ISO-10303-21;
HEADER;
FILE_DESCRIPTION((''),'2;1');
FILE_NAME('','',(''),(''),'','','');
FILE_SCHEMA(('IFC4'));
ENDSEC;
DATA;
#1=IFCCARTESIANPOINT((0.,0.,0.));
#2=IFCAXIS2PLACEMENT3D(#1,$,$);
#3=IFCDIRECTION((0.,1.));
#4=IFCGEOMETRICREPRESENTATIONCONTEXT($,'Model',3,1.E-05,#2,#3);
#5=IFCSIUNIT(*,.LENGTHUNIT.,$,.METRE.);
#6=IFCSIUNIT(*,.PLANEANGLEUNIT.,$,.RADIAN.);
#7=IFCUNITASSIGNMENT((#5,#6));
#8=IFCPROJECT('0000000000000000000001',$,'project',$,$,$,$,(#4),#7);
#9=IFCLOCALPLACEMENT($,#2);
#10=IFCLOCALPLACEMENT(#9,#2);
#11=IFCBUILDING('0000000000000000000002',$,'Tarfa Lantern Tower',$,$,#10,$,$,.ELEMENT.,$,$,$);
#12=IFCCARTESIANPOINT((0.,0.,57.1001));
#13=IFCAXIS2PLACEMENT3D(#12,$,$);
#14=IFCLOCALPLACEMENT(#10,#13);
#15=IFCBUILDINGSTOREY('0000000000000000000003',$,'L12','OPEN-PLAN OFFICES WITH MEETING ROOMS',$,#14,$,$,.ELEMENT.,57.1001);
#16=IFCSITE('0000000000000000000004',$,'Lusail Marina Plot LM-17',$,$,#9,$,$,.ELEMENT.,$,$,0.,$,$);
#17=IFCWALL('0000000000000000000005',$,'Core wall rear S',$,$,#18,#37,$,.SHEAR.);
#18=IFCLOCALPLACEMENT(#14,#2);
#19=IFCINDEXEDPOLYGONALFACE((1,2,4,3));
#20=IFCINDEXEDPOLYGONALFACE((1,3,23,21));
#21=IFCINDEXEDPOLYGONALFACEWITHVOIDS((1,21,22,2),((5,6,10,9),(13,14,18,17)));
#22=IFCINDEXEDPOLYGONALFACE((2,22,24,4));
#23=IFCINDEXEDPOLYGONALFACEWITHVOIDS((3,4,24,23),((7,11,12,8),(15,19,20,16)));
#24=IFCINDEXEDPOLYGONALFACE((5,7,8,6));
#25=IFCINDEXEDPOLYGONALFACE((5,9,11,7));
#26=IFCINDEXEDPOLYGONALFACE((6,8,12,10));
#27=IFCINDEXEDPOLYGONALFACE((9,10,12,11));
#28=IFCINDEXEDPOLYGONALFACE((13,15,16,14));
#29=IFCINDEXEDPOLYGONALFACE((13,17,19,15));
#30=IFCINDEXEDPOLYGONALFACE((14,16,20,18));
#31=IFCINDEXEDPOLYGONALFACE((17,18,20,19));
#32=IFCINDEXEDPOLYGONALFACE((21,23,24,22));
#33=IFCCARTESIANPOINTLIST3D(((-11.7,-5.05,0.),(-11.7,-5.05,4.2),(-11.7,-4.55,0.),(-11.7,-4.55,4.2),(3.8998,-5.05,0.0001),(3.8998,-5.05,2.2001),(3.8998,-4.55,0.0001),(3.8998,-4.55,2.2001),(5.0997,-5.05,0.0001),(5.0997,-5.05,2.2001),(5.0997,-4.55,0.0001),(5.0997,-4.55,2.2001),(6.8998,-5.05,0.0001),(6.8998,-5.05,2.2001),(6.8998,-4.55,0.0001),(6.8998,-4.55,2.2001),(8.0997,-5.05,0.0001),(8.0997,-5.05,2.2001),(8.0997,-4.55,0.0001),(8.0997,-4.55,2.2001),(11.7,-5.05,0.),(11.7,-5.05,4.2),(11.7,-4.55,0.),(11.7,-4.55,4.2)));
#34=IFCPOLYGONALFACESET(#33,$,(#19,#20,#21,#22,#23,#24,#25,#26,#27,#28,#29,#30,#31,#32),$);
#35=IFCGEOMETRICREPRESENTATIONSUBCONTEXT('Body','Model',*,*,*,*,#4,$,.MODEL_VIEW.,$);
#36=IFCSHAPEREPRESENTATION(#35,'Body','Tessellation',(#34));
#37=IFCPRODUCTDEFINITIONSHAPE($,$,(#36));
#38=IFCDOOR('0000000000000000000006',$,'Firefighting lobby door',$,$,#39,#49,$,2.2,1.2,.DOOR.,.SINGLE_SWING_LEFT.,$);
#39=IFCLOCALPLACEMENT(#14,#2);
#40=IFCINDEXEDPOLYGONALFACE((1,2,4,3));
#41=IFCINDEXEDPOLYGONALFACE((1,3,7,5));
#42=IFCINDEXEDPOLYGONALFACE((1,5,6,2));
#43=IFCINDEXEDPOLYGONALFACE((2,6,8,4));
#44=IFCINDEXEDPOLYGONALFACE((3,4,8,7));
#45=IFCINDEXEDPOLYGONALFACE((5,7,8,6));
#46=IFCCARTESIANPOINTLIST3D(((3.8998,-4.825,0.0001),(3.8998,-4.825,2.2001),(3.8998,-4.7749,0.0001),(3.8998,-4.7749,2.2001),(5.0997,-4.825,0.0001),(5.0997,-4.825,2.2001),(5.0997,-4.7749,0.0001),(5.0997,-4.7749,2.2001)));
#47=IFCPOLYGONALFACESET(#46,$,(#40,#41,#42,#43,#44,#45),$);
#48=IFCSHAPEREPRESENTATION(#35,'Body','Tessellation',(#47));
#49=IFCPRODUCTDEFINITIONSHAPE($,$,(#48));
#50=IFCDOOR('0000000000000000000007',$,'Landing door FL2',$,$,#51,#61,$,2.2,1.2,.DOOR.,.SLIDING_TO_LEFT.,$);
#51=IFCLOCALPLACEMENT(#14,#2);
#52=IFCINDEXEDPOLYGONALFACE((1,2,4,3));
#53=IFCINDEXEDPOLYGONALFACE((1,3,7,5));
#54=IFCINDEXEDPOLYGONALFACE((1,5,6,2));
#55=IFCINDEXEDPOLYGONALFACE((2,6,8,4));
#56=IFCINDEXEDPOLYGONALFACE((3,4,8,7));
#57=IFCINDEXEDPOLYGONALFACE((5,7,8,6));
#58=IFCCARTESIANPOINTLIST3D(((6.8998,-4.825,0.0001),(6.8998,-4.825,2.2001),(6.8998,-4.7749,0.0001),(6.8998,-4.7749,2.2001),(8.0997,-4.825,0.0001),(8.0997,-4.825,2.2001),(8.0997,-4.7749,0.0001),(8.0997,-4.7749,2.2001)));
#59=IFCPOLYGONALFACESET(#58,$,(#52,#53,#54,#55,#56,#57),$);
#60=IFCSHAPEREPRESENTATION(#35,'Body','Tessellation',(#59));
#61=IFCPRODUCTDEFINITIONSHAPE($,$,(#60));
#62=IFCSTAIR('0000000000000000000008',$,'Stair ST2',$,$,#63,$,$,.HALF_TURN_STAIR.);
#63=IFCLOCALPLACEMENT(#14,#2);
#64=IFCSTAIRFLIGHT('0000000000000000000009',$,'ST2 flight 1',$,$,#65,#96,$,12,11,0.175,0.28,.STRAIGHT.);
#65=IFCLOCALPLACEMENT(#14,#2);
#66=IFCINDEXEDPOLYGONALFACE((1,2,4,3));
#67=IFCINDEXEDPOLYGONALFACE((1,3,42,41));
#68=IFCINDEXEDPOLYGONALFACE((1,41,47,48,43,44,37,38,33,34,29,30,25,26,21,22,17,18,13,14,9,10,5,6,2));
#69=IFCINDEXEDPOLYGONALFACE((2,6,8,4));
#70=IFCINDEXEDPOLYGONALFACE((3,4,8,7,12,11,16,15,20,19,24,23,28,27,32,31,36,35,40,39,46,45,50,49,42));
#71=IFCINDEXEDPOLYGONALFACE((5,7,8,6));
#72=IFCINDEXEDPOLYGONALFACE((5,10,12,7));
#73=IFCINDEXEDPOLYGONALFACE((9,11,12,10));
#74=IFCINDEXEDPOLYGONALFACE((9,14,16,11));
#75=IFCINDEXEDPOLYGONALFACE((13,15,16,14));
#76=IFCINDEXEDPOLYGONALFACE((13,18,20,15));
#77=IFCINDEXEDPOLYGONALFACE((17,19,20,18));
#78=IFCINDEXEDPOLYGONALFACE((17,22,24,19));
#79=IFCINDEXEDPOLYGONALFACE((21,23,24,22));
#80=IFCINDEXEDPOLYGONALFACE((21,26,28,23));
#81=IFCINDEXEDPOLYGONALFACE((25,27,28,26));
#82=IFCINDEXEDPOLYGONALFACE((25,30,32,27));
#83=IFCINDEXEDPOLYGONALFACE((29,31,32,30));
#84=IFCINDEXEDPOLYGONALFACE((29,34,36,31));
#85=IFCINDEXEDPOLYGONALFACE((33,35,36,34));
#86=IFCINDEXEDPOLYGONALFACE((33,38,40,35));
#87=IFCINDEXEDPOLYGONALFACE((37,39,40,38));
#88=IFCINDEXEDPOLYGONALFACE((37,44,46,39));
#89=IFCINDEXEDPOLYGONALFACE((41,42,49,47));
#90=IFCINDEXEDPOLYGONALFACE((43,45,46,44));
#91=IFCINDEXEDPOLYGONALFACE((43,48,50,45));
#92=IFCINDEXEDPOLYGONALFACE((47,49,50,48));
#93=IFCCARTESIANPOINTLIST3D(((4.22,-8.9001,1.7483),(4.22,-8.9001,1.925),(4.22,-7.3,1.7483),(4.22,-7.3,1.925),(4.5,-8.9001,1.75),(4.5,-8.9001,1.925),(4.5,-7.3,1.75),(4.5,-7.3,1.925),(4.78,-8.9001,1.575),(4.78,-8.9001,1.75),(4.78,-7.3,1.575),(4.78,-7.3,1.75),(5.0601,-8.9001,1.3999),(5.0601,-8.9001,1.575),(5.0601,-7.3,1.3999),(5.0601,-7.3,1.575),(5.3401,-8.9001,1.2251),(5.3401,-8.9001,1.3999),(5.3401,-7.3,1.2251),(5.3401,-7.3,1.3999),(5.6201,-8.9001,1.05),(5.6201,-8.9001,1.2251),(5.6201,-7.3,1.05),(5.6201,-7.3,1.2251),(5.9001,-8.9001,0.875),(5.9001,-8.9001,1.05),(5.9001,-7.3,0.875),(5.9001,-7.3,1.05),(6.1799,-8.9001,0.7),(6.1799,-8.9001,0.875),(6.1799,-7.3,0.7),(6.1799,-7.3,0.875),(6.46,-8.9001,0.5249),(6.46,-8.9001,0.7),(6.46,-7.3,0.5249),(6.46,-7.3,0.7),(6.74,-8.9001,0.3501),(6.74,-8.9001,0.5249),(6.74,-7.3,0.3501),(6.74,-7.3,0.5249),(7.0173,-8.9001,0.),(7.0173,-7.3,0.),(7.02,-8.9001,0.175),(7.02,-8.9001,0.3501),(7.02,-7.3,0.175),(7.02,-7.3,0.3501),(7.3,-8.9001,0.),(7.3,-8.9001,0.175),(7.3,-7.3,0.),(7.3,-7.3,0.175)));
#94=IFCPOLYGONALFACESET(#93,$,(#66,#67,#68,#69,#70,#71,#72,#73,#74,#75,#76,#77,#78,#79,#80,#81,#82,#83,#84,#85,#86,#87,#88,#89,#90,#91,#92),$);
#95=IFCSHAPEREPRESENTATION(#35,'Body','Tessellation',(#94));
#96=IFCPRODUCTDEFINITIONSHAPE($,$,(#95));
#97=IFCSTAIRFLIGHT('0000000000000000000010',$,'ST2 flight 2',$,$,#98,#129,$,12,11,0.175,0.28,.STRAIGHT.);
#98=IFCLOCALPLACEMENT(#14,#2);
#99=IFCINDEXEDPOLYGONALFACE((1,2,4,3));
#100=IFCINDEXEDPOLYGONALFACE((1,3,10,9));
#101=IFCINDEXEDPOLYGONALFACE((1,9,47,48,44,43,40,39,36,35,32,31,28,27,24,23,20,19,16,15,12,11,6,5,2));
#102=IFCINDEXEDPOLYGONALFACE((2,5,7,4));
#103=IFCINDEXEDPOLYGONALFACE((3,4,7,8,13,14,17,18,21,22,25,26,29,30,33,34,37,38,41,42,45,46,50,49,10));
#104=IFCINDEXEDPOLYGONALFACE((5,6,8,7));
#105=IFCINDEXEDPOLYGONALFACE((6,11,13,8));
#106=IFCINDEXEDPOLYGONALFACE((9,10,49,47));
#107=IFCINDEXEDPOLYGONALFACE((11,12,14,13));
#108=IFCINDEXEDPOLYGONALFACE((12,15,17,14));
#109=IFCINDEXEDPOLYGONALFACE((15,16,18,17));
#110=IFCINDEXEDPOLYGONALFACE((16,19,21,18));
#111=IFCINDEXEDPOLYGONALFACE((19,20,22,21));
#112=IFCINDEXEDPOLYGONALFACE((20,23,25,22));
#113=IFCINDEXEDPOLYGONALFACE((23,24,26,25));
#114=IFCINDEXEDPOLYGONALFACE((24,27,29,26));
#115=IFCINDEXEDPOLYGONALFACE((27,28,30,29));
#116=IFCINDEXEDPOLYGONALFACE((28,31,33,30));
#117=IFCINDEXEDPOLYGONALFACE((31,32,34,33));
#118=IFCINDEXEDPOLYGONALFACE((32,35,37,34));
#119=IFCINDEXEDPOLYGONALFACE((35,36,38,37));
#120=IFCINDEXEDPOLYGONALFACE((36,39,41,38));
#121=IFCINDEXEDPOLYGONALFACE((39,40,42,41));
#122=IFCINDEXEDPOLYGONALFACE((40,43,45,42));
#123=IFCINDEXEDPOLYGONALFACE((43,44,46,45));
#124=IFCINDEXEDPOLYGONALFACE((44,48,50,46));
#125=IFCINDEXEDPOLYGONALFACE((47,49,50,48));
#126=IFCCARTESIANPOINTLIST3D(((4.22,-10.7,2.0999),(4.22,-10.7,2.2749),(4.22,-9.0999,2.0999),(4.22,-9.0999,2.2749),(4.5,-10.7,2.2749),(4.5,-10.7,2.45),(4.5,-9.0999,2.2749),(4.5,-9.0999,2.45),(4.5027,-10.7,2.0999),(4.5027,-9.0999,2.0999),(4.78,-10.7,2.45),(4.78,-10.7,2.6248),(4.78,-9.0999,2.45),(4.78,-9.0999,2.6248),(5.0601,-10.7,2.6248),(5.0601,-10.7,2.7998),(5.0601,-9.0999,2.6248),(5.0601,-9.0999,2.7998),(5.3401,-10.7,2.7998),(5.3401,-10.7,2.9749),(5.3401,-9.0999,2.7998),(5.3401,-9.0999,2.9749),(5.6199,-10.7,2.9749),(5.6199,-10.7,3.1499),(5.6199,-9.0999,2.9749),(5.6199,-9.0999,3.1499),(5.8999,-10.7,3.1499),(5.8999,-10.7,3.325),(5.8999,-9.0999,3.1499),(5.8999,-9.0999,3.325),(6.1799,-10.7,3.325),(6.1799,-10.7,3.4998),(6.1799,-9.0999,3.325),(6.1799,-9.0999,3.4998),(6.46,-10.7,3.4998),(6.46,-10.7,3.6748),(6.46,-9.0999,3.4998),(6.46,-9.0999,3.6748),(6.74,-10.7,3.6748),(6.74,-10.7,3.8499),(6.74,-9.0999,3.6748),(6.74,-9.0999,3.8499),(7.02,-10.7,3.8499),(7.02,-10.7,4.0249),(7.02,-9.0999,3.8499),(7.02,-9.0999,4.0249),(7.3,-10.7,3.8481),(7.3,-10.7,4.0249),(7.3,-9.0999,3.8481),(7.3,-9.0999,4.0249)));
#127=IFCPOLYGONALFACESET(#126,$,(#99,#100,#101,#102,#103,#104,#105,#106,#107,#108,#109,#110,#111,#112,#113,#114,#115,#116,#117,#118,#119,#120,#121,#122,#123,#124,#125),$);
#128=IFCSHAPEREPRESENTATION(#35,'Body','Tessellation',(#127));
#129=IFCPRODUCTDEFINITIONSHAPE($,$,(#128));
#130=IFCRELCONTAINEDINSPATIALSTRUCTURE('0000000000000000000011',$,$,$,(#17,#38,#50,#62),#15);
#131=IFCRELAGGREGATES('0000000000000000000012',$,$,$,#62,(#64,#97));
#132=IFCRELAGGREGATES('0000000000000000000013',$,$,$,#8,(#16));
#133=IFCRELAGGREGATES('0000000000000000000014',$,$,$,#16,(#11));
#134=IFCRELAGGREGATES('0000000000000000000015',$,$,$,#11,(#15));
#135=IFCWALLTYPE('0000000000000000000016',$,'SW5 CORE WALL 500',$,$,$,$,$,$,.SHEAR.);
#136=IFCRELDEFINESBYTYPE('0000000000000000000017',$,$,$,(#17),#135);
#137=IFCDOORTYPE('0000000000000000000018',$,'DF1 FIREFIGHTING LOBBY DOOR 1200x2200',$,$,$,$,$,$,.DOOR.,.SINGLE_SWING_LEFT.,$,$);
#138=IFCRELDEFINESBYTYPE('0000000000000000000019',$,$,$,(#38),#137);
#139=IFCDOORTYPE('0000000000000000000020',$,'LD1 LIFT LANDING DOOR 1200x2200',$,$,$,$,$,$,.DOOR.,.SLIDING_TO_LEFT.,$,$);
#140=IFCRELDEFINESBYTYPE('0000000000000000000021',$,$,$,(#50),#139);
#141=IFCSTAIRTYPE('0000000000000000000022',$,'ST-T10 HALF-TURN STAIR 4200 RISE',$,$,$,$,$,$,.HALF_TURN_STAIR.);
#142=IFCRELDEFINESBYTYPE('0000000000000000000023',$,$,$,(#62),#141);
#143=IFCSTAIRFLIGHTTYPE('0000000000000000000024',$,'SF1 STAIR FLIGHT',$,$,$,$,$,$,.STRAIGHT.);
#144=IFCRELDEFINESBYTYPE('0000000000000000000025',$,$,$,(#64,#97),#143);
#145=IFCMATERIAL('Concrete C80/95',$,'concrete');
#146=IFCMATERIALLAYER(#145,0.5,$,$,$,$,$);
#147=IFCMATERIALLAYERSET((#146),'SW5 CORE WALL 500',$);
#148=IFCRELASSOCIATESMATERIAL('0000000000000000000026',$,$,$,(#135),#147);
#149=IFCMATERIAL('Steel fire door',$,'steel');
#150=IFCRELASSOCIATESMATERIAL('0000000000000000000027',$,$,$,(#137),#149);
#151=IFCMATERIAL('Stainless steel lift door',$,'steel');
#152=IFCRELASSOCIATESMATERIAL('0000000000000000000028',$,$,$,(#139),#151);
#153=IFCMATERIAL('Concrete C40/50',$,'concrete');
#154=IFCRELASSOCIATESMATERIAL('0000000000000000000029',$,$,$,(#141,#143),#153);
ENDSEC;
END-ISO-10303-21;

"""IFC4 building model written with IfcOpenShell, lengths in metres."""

from ifc_helpers import new_model, si_unit, direction, frame, frame_2d, origin, place, context, subcontext, project, spatial, polyline, rectangle, outline, extrude, material, layer, layer_set, type_object, element, fill, aggregate, save


model = new_model("IFC4")

# Units and contexts
model_context = context("Model", 3, precision=1e-05, world=origin(), true_north=direction((0.0, 1.0)))
body_context = subcontext(model_context, "Body", "Model", "MODEL_VIEW")
ifc_project = project(units=[si_unit("LENGTHUNIT", "METRE"), si_unit("PLANEANGLEUNIT", "RADIAN")], contexts=[model_context])

# Site, building, storey
site_placement = place(None, origin())
site = spatial("IfcSite", under=ifc_project, at=site_placement, Name="Lusail Marina Plot LM-17", CompositionType="ELEMENT", RefElevation=0.0)
building_placement = place(site_placement, origin())
building = spatial("IfcBuilding", under=site, at=building_placement, Name="Tarfa Lantern Tower", CompositionType="ELEMENT")
storey_placement = place(building_placement, frame((0.0, 0.0, 57.1001)))
storey = spatial("IfcBuildingStorey", under=building, at=storey_placement, Name="L12", Description="OPEN-PLAN OFFICES WITH MEETING ROOMS", CompositionType="ELEMENT", Elevation=57.1001)

# Shared definitions
ifc_material_1 = material(Name="Concrete C80/95", Category="concrete")

# Shared definitions
ifc_material_2 = material(Name="Steel fire door", Category="steel")

# Wall, openings, doors
ifc_layer_1 = layer(ifc_material_1, 0.5)
ifc_layer_set_1 = layer_set([ifc_layer_1], Name="SW5 CORE WALL 500")
wall_type_1 = type_object("IfcWallType", Name="SW5 CORE WALL 500", PredefinedType="SHEAR", material=ifc_layer_set_1)
wall_1_placement = place(storey_placement, frame((11.7, -4.8, 0.0), z_axis=(0.0, 0.0, 1.0), x_axis=(-1.0, 0.0, 0.0)))
wall_1 = element("IfcWall", 1, at=wall_1_placement, inside=storey, type_object=wall_type_1, Name="Core wall rear S", PredefinedType="SHEAR", context=body_context, shape_type="SweptSolid", body=[
    extrude(rectangle(XDim=23.3999, YDim=0.5, at=frame_2d((11.7, 0.0))), origin(), (0.0, 0.0, 1.0), 4.2),
])
opening_1_placement = place(wall_1_placement, frame((6.6001, 0.0, 0.0)))
opening_1 = element("IfcOpeningElement", 2, at=opening_1_placement, cuts=wall_1, PredefinedType="OPENING", context=body_context, shape_type="SweptSolid", body=[
    extrude(rectangle(XDim=1.2, YDim=2.2, at=frame_2d((0.6001, 1.1001))), frame((0.0, 0.26, 0.0), z_axis=(0.0, -1.0, 0.0), x_axis=(1.0, 0.0, 0.0)), (0.0, 0.0, 1.0), 0.52),
])
opening_2_placement = place(wall_1_placement, frame((3.6001, 0.0, 0.0)))
opening_2 = element("IfcOpeningElement", 3, at=opening_2_placement, cuts=wall_1, PredefinedType="OPENING", context=body_context, shape_type="SweptSolid", body=[
    extrude(rectangle(XDim=1.2, YDim=2.2, at=frame_2d((0.6001, 1.1001))), frame((0.0, 0.26, 0.0), z_axis=(0.0, -1.0, 0.0), x_axis=(1.0, 0.0, 0.0)), (0.0, 0.0, 1.0), 0.52),
])
door_type_1 = type_object("IfcDoorType", Name="DF1 FIREFIGHTING LOBBY DOOR 1200x2200", OperationType="SINGLE_SWING_LEFT", PredefinedType="DOOR", material=ifc_material_2)
door_1_placement = place(opening_1_placement, origin())
door_1 = element("IfcDoor", 4, at=door_1_placement, inside=storey, type_object=door_type_1, Name="Firefighting lobby door", OperationType="SINGLE_SWING_LEFT", OverallHeight=2.2, OverallWidth=1.2, PredefinedType="DOOR", context=body_context, shape_type="SweptSolid", body=[
    extrude(rectangle(XDim=1.2, YDim=2.2, at=frame_2d((0.6001, 1.1001))), frame((0.0, 0.0249, 0.0), z_axis=(0.0, -1.0, 0.0), x_axis=(1.0, 0.0, 0.0)), (0.0, 0.0, 1.0), 0.05),
])
fill(opening_1, door_1)
ifc_material_3 = material(Name="Stainless steel lift door", Category="steel")
door_type_2 = type_object("IfcDoorType", Name="LD1 LIFT LANDING DOOR 1200x2200", OperationType="SLIDING_TO_LEFT", PredefinedType="DOOR", material=ifc_material_3)
door_2_placement = place(opening_2_placement, origin())
door_2 = element("IfcDoor", 5, at=door_2_placement, inside=storey, type_object=door_type_2, Name="Landing door FL2", OperationType="SLIDING_TO_LEFT", OverallHeight=2.2, OverallWidth=1.2, PredefinedType="DOOR", context=body_context, shape_type="SweptSolid", body=[
    extrude(rectangle(XDim=1.2, YDim=2.2, at=frame_2d((0.6001, 1.1001))), frame((0.0, 0.0249, 0.0), z_axis=(0.0, -1.0, 0.0), x_axis=(1.0, 0.0, 0.0)), (0.0, 0.0, 1.0), 0.05),
])
fill(opening_2, door_2)

# Stair, stair flights
ifc_material_4 = material(Name="Concrete C40/50", Category="concrete")
stair_type = type_object("IfcStairType", Name="ST-T10 HALF-TURN STAIR 4200 RISE", PredefinedType="HALF_TURN_STAIR", material=ifc_material_4)
stair_placement = place(storey_placement, origin())
stair = element("IfcStair", 6, at=stair_placement, inside=storey, type_object=stair_type, Name="Stair ST2", PredefinedType="HALF_TURN_STAIR")
stair_flight_type = type_object("IfcStairFlightType", Name="SF1 STAIR FLIGHT", PredefinedType="STRAIGHT", material=ifc_material_4)
stair_flight_1_placement = place(storey_placement, frame((7.3, -8.1001, 0.0), z_axis=(0.0, 0.0, 1.0), x_axis=(-1.0, 0.0, 0.0)))
stair_flight_1 = element("IfcStairFlight", 7, at=stair_flight_1_placement, type_object=stair_flight_type, Name="ST2 flight 1", NumberOfRisers=12, NumberOfTreads=11, PredefinedType="STRAIGHT", RiserHeight=0.175, TreadLength=0.28, context=body_context, shape_type="SweptSolid", body=[
    extrude(outline(polyline([(0.0, 0.0), (0.0, 0.175), (0.28, 0.175), (0.28, 0.3501), (0.5601, 0.3501), (0.5601, 0.5249), (0.8401, 0.5249), (0.8401, 0.7), (1.1201, 0.7), (1.1201, 0.875), (1.3999, 0.875), (1.3999, 1.05), (1.6799, 1.05), (1.6799, 1.2251), (1.96, 1.2251), (1.96, 1.3999), (2.24, 1.3999), (2.24, 1.575), (2.52, 1.575), (2.52, 1.75), (2.8, 1.75), (2.8, 1.925), (3.0801, 1.925), (3.0801, 2.1001), (3.0801, 1.7483), (0.2827, 0.0), (0.0, 0.0)])), frame((0.0, 0.8, 0.0), z_axis=(0.0, -1.0, 0.0), x_axis=(1.0, 0.0, 0.0)), (0.0, 0.0, 1.0), 1.6001),
])
stair_flight_2_placement = place(storey_placement, frame((4.22, -9.8999, 2.0999), z_axis=(0.0, 0.0, 1.0), x_axis=(1.0, 0.0, 0.0)))
stair_flight_2 = element("IfcStairFlight", 8, at=stair_flight_2_placement, type_object=stair_flight_type, Name="ST2 flight 2", NumberOfRisers=12, NumberOfTreads=11, PredefinedType="STRAIGHT", RiserHeight=0.175, TreadLength=0.28, context=body_context, shape_type="SweptSolid", body=[
    extrude(outline(polyline([(0.0, 0.0), (0.0, 0.175), (0.28, 0.175), (0.28, 0.3501), (0.5601, 0.3501), (0.5601, 0.5249), (0.8401, 0.5249), (0.8401, 0.7), (1.1201, 0.7), (1.1201, 0.875), (1.3999, 0.875), (1.3999, 1.05), (1.6799, 1.05), (1.6799, 1.2251), (1.96, 1.2251), (1.96, 1.3999), (2.24, 1.3999), (2.24, 1.575), (2.52, 1.575), (2.52, 1.75), (2.8, 1.75), (2.8, 1.925), (3.0801, 1.925), (3.0801, 2.1001), (3.0801, 1.7483), (0.2827, 0.0), (0.0, 0.0)])), frame((0.0, 0.8, 0.0), z_axis=(0.0, -1.0, 0.0), x_axis=(1.0, 0.0, 0.0)), (0.0, 0.0, 1.0), 1.6001),
])
aggregate(stair, [stair_flight_1, stair_flight_2])

save(model, "model.ifc")
